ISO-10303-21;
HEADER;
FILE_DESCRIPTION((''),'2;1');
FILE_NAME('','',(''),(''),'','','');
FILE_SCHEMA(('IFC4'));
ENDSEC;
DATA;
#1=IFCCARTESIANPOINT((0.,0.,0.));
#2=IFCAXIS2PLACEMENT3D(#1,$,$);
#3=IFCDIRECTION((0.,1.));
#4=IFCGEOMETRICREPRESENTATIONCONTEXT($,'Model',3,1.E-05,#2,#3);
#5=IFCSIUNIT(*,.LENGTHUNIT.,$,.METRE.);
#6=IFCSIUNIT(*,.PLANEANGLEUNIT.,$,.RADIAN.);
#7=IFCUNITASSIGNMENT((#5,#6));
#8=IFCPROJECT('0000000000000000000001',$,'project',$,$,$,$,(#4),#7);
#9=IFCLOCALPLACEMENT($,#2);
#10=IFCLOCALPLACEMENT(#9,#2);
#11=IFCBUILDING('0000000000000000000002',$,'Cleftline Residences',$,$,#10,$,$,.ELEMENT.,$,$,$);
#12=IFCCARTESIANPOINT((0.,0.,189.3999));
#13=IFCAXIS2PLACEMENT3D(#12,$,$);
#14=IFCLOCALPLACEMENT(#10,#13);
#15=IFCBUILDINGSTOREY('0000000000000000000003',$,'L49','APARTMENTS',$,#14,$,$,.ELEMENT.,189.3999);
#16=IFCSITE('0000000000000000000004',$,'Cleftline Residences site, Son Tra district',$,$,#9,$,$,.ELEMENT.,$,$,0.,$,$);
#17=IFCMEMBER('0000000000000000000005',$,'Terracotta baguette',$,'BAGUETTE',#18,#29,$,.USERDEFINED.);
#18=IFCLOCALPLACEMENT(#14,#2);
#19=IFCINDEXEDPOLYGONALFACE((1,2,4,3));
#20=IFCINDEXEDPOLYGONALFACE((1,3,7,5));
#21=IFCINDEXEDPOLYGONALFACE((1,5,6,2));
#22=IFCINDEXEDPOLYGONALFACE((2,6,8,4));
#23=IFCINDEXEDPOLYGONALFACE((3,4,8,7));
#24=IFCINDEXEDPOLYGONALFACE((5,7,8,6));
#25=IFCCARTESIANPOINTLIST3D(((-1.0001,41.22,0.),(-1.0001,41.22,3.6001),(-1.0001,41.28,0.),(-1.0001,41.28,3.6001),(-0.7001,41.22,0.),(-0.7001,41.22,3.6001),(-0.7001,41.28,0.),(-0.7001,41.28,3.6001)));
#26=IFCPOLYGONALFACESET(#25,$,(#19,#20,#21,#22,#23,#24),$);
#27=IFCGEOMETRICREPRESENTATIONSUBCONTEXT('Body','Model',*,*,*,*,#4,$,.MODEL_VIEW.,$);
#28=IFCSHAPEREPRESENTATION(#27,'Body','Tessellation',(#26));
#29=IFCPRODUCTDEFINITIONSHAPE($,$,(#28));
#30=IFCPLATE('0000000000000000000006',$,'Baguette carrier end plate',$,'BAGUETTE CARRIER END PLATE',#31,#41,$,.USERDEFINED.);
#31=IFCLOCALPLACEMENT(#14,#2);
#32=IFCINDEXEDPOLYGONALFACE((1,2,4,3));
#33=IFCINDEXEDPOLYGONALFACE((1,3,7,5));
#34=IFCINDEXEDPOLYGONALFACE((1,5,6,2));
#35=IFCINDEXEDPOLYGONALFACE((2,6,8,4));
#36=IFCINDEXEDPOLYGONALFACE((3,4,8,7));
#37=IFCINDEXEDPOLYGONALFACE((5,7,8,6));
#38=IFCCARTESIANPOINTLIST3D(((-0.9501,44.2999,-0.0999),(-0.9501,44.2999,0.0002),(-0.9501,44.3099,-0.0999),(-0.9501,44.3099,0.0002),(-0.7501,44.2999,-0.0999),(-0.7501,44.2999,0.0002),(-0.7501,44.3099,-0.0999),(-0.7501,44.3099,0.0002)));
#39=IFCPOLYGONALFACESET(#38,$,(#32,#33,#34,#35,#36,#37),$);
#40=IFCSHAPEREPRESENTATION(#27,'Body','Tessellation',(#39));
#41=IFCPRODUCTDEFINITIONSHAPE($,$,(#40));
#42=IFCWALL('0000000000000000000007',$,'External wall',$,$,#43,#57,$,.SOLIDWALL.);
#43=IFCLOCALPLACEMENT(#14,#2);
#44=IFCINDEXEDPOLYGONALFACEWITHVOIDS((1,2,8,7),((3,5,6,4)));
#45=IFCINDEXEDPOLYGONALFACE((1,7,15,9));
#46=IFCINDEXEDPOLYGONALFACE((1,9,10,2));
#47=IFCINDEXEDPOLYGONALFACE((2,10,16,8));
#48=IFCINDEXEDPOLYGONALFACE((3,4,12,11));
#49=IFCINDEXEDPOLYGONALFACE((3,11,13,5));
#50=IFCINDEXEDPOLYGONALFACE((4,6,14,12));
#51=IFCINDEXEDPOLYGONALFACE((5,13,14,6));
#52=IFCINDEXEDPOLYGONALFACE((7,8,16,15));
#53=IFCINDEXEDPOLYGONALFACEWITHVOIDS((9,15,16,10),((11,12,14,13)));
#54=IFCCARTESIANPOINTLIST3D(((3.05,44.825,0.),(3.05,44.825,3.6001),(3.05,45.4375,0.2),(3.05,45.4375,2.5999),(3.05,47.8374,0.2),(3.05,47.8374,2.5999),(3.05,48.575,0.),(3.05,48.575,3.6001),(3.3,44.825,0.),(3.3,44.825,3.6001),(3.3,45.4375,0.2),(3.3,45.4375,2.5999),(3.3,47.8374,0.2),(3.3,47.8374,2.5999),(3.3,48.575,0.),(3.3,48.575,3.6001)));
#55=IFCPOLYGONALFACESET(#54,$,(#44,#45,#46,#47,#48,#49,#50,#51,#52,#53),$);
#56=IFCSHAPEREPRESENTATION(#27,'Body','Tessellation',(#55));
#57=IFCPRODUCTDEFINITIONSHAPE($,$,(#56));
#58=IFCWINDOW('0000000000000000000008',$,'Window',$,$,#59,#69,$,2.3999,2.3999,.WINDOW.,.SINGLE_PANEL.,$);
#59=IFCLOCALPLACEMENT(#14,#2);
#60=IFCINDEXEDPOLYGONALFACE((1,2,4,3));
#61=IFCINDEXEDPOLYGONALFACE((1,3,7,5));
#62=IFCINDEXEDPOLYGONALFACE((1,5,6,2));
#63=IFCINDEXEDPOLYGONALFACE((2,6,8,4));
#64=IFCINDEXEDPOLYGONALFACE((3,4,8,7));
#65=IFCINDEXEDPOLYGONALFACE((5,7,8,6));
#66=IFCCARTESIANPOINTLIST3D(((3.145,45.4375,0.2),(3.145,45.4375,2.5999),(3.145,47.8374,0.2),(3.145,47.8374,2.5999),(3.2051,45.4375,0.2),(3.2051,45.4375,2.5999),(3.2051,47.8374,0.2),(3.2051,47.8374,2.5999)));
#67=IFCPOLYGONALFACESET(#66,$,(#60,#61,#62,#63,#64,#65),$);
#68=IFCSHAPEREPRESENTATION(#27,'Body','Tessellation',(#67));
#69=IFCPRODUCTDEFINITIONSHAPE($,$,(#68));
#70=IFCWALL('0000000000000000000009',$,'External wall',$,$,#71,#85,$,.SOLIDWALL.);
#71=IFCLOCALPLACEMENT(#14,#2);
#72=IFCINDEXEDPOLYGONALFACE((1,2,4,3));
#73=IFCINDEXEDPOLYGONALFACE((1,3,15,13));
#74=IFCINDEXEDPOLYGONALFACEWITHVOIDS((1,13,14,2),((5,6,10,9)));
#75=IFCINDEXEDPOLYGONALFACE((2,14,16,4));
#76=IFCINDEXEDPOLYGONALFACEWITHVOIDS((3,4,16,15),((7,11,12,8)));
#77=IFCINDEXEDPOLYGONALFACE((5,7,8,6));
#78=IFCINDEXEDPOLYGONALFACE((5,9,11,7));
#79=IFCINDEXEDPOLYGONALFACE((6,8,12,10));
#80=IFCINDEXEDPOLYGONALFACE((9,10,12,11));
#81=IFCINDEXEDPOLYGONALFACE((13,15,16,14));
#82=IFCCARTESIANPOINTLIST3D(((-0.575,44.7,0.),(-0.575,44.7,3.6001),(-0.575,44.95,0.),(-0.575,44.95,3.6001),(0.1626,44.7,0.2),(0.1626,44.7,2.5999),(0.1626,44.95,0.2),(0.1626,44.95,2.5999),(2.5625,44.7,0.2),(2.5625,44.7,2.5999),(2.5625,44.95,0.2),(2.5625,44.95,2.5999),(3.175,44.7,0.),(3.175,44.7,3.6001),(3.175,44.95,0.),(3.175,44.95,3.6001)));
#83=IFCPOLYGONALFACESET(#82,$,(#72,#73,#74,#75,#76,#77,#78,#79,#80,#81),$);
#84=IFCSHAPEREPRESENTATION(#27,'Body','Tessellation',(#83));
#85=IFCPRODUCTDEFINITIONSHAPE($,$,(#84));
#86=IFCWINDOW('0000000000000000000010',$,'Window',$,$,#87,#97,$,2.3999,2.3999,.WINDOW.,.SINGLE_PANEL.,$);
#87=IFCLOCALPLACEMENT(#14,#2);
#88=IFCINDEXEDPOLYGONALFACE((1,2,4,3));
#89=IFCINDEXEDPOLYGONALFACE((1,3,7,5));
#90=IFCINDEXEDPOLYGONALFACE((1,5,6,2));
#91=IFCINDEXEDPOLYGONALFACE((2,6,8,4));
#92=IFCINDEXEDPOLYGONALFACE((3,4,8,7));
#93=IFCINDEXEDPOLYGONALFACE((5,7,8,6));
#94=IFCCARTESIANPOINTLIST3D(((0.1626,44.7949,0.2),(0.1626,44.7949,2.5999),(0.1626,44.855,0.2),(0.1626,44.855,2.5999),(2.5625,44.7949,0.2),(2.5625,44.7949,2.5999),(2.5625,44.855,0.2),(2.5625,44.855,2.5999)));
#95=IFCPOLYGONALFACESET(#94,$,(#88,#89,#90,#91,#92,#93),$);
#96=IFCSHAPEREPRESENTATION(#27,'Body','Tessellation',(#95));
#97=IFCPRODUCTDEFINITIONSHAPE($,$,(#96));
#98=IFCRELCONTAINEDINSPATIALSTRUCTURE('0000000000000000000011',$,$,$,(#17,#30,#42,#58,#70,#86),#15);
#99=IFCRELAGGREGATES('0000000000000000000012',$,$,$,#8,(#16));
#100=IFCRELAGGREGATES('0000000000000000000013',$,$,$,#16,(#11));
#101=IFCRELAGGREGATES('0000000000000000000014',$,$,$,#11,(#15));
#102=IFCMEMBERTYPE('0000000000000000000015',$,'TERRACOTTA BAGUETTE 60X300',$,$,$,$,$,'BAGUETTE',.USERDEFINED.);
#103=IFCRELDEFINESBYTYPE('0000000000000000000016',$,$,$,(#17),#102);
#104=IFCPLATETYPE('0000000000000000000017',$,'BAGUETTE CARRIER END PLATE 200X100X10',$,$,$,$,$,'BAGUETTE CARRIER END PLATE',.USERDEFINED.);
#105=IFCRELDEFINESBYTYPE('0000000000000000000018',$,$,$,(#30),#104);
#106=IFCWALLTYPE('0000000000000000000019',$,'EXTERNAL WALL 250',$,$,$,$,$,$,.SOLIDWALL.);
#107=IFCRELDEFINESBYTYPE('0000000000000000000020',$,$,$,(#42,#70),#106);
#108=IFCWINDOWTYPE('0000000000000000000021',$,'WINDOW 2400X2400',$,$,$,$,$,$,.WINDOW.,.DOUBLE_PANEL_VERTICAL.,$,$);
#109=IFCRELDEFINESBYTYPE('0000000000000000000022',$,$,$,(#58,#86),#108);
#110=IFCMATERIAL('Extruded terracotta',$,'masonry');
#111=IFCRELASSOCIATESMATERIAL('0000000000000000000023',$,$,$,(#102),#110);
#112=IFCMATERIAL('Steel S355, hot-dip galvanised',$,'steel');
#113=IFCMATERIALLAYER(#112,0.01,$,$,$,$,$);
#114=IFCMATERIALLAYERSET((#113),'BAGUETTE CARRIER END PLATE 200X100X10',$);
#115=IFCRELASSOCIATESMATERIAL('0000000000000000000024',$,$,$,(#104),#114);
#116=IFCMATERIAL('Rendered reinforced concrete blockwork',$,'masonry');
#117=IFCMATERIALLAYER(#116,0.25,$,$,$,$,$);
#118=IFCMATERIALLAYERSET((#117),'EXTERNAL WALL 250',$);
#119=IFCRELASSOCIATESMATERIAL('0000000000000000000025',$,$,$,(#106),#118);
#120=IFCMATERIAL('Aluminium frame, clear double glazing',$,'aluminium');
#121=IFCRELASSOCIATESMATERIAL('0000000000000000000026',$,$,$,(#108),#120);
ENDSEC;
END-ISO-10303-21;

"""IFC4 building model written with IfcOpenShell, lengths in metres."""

from ifc_helpers import new_model, si_unit, direction, frame, frame_2d, origin, origin_2d, place, context, subcontext, project, spatial, rectangle, extrude, material, layer, layer_set, material_profile, profile_set, type_object, element, fill, save


model = new_model("IFC4")

# Units and contexts
model_context = context("Model", 3, precision=1e-05, world=origin(), true_north=direction((0.0, 1.0)))
body_context = subcontext(model_context, "Body", "Model", "MODEL_VIEW")
ifc_project = project(units=[si_unit("LENGTHUNIT", "METRE"), si_unit("PLANEANGLEUNIT", "RADIAN")], contexts=[model_context])

# Site, building, storey
site_placement = place(None, origin())
site = spatial("IfcSite", under=ifc_project, at=site_placement, Name="Cleftline Residences site, Son Tra district", CompositionType="ELEMENT", RefElevation=0.0)
building_placement = place(site_placement, origin())
building = spatial("IfcBuilding", under=site, at=building_placement, Name="Cleftline Residences", CompositionType="ELEMENT")
storey_placement = place(building_placement, frame((0.0, 0.0, 189.3999)))
storey = spatial("IfcBuildingStorey", under=building, at=storey_placement, Name="L49", Description="APARTMENTS", CompositionType="ELEMENT", Elevation=189.3999)

# Member
ifc_material_1 = material(Name="Extruded terracotta", Category="masonry")
ifc_material_profile_1 = material_profile(ifc_material_1, rectangle(XDim=0.0601, YDim=0.3, at=origin_2d()))
ifc_profile_set_1 = profile_set([ifc_material_profile_1], Name="Extruded terracotta")
member_type_1 = type_object("IfcMemberType", Name="TERRACOTTA BAGUETTE 60X300", ElementType="BAGUETTE", PredefinedType="USERDEFINED", material=ifc_profile_set_1)
for number, where, z_axis, x_axis, name in (
    (1, (-0.8501, 41.25, 0.0), (0.0, 0.0, 1.0), (0.0, 1.0, 0.0), "Terracotta baguette"),
):
    element("IfcMember", number, at=place(storey_placement, frame(where, z_axis=z_axis, x_axis=x_axis)), inside=storey, type_object=member_type_1, Name=name, ObjectType="BAGUETTE", PredefinedType="USERDEFINED", context=body_context, shape_type="SweptSolid", body=[
        extrude(rectangle(XDim=0.0601, YDim=0.3, at=origin_2d()), origin(), (0.0, 0.0, 1.0), 3.6001),
    ])

# Plate
ifc_material_2 = material(Name="Steel S355, hot-dip galvanised", Category="steel")
ifc_layer_1 = layer(ifc_material_2, 0.01)
ifc_layer_set_1 = layer_set([ifc_layer_1], Name="BAGUETTE CARRIER END PLATE 200X100X10")
plate_type = type_object("IfcPlateType", Name="BAGUETTE CARRIER END PLATE 200X100X10", ElementType="BAGUETTE CARRIER END PLATE", PredefinedType="USERDEFINED", material=ifc_layer_set_1)
plate_placement = place(storey_placement, frame((-0.8501, 44.3049, -0.0999), z_axis=(0.0, 0.0, 1.0), x_axis=(-1.0, 0.0, 0.0)))
element("IfcPlate", 2, at=plate_placement, inside=storey, type_object=plate_type, Name="Baguette carrier end plate", ObjectType="BAGUETTE CARRIER END PLATE", PredefinedType="USERDEFINED", context=body_context, shape_type="SweptSolid", body=[
    extrude(rectangle(XDim=0.2, YDim=0.01, at=origin_2d()), origin(), (0.0, 0.0, 1.0), 0.1001),
])

# Walls, openings, windows
ifc_material_3 = material(Name="Rendered reinforced concrete blockwork", Category="masonry")
ifc_layer_2 = layer(ifc_material_3, 0.25)
ifc_layer_set_2 = layer_set([ifc_layer_2], Name="EXTERNAL WALL 250")
wall_type_1 = type_object("IfcWallType", Name="EXTERNAL WALL 250", PredefinedType="SOLIDWALL", material=ifc_layer_set_2)
wall_1_placement = place(storey_placement, frame((3.175, 48.575, 0.0), z_axis=(0.0, 0.0, 1.0), x_axis=(0.0, -1.0, 0.0)))
wall_1 = element("IfcWall", 3, at=wall_1_placement, inside=storey, type_object=wall_type_1, Name="External wall", PredefinedType="SOLIDWALL", context=body_context, shape_type="SweptSolid", body=[
    extrude(rectangle(XDim=3.75, YDim=0.25, at=frame_2d((1.875, 0.0))), origin(), (0.0, 0.0, 1.0), 3.6001),
])
opening_1_placement = place(wall_1_placement, frame((0.7375, 0.0, 0.2)))
opening_1 = element("IfcOpeningElement", 4, at=opening_1_placement, cuts=wall_1, PredefinedType="OPENING", context=body_context, shape_type="SweptSolid", body=[
    extrude(rectangle(XDim=2.3999, YDim=2.3999, at=frame_2d((1.2, 1.2))), frame((0.0, 0.135, 0.0), z_axis=(0.0, -1.0, 0.0), x_axis=(1.0, 0.0, 0.0)), (0.0, 0.0, 1.0), 0.27),
])
ifc_material_4 = material(Name="Aluminium frame, clear double glazing", Category="aluminium")
window_type_1 = type_object("IfcWindowType", Name="WINDOW 2400X2400", PartitioningType="DOUBLE_PANEL_VERTICAL", PredefinedType="WINDOW", material=ifc_material_4)
window_1_placement = place(opening_1_placement, origin())
window_1 = element("IfcWindow", 5, at=window_1_placement, inside=storey, type_object=window_type_1, Name="Window", OverallHeight=2.3999, OverallWidth=2.3999, PartitioningType="SINGLE_PANEL", PredefinedType="WINDOW", context=body_context, shape_type="SweptSolid", body=[
    extrude(rectangle(XDim=2.3999, YDim=2.3999, at=frame_2d((1.2, 1.2))), frame((0.0, 0.03, 0.0), z_axis=(0.0, -1.0, 0.0), x_axis=(1.0, 0.0, 0.0)), (0.0, 0.0, 1.0), 0.0601),
])
fill(opening_1, window_1)
wall_2_placement = place(storey_placement, frame((3.175, 44.825, 0.0), z_axis=(0.0, 0.0, 1.0), x_axis=(-1.0, 0.0, 0.0)))
wall_2 = element("IfcWall", 6, at=wall_2_placement, inside=storey, type_object=wall_type_1, Name="External wall", PredefinedType="SOLIDWALL", context=body_context, shape_type="SweptSolid", body=[
    extrude(rectangle(XDim=3.75, YDim=0.25, at=frame_2d((1.875, 0.0))), origin(), (0.0, 0.0, 1.0), 3.6001),
])
opening_2_placement = place(wall_2_placement, frame((0.6125, 0.0, 0.2)))
opening_2 = element("IfcOpeningElement", 7, at=opening_2_placement, cuts=wall_2, PredefinedType="OPENING", context=body_context, shape_type="SweptSolid", body=[
    extrude(rectangle(XDim=2.3999, YDim=2.3999, at=frame_2d((1.2, 1.2))), frame((0.0, 0.135, 0.0), z_axis=(0.0, -1.0, 0.0), x_axis=(1.0, 0.0, 0.0)), (0.0, 0.0, 1.0), 0.27),
])
window_2_placement = place(opening_2_placement, origin())
window_2 = element("IfcWindow", 8, at=window_2_placement, inside=storey, type_object=window_type_1, Name="Window", OverallHeight=2.3999, OverallWidth=2.3999, PartitioningType="SINGLE_PANEL", PredefinedType="WINDOW", context=body_context, shape_type="SweptSolid", body=[
    extrude(rectangle(XDim=2.3999, YDim=2.3999, at=frame_2d((1.2, 1.2))), frame((0.0, 0.03, 0.0), z_axis=(0.0, -1.0, 0.0), x_axis=(1.0, 0.0, 0.0)), (0.0, 0.0, 1.0), 0.0601),
])
fill(opening_2, window_2)

save(model, "model.ifc")
